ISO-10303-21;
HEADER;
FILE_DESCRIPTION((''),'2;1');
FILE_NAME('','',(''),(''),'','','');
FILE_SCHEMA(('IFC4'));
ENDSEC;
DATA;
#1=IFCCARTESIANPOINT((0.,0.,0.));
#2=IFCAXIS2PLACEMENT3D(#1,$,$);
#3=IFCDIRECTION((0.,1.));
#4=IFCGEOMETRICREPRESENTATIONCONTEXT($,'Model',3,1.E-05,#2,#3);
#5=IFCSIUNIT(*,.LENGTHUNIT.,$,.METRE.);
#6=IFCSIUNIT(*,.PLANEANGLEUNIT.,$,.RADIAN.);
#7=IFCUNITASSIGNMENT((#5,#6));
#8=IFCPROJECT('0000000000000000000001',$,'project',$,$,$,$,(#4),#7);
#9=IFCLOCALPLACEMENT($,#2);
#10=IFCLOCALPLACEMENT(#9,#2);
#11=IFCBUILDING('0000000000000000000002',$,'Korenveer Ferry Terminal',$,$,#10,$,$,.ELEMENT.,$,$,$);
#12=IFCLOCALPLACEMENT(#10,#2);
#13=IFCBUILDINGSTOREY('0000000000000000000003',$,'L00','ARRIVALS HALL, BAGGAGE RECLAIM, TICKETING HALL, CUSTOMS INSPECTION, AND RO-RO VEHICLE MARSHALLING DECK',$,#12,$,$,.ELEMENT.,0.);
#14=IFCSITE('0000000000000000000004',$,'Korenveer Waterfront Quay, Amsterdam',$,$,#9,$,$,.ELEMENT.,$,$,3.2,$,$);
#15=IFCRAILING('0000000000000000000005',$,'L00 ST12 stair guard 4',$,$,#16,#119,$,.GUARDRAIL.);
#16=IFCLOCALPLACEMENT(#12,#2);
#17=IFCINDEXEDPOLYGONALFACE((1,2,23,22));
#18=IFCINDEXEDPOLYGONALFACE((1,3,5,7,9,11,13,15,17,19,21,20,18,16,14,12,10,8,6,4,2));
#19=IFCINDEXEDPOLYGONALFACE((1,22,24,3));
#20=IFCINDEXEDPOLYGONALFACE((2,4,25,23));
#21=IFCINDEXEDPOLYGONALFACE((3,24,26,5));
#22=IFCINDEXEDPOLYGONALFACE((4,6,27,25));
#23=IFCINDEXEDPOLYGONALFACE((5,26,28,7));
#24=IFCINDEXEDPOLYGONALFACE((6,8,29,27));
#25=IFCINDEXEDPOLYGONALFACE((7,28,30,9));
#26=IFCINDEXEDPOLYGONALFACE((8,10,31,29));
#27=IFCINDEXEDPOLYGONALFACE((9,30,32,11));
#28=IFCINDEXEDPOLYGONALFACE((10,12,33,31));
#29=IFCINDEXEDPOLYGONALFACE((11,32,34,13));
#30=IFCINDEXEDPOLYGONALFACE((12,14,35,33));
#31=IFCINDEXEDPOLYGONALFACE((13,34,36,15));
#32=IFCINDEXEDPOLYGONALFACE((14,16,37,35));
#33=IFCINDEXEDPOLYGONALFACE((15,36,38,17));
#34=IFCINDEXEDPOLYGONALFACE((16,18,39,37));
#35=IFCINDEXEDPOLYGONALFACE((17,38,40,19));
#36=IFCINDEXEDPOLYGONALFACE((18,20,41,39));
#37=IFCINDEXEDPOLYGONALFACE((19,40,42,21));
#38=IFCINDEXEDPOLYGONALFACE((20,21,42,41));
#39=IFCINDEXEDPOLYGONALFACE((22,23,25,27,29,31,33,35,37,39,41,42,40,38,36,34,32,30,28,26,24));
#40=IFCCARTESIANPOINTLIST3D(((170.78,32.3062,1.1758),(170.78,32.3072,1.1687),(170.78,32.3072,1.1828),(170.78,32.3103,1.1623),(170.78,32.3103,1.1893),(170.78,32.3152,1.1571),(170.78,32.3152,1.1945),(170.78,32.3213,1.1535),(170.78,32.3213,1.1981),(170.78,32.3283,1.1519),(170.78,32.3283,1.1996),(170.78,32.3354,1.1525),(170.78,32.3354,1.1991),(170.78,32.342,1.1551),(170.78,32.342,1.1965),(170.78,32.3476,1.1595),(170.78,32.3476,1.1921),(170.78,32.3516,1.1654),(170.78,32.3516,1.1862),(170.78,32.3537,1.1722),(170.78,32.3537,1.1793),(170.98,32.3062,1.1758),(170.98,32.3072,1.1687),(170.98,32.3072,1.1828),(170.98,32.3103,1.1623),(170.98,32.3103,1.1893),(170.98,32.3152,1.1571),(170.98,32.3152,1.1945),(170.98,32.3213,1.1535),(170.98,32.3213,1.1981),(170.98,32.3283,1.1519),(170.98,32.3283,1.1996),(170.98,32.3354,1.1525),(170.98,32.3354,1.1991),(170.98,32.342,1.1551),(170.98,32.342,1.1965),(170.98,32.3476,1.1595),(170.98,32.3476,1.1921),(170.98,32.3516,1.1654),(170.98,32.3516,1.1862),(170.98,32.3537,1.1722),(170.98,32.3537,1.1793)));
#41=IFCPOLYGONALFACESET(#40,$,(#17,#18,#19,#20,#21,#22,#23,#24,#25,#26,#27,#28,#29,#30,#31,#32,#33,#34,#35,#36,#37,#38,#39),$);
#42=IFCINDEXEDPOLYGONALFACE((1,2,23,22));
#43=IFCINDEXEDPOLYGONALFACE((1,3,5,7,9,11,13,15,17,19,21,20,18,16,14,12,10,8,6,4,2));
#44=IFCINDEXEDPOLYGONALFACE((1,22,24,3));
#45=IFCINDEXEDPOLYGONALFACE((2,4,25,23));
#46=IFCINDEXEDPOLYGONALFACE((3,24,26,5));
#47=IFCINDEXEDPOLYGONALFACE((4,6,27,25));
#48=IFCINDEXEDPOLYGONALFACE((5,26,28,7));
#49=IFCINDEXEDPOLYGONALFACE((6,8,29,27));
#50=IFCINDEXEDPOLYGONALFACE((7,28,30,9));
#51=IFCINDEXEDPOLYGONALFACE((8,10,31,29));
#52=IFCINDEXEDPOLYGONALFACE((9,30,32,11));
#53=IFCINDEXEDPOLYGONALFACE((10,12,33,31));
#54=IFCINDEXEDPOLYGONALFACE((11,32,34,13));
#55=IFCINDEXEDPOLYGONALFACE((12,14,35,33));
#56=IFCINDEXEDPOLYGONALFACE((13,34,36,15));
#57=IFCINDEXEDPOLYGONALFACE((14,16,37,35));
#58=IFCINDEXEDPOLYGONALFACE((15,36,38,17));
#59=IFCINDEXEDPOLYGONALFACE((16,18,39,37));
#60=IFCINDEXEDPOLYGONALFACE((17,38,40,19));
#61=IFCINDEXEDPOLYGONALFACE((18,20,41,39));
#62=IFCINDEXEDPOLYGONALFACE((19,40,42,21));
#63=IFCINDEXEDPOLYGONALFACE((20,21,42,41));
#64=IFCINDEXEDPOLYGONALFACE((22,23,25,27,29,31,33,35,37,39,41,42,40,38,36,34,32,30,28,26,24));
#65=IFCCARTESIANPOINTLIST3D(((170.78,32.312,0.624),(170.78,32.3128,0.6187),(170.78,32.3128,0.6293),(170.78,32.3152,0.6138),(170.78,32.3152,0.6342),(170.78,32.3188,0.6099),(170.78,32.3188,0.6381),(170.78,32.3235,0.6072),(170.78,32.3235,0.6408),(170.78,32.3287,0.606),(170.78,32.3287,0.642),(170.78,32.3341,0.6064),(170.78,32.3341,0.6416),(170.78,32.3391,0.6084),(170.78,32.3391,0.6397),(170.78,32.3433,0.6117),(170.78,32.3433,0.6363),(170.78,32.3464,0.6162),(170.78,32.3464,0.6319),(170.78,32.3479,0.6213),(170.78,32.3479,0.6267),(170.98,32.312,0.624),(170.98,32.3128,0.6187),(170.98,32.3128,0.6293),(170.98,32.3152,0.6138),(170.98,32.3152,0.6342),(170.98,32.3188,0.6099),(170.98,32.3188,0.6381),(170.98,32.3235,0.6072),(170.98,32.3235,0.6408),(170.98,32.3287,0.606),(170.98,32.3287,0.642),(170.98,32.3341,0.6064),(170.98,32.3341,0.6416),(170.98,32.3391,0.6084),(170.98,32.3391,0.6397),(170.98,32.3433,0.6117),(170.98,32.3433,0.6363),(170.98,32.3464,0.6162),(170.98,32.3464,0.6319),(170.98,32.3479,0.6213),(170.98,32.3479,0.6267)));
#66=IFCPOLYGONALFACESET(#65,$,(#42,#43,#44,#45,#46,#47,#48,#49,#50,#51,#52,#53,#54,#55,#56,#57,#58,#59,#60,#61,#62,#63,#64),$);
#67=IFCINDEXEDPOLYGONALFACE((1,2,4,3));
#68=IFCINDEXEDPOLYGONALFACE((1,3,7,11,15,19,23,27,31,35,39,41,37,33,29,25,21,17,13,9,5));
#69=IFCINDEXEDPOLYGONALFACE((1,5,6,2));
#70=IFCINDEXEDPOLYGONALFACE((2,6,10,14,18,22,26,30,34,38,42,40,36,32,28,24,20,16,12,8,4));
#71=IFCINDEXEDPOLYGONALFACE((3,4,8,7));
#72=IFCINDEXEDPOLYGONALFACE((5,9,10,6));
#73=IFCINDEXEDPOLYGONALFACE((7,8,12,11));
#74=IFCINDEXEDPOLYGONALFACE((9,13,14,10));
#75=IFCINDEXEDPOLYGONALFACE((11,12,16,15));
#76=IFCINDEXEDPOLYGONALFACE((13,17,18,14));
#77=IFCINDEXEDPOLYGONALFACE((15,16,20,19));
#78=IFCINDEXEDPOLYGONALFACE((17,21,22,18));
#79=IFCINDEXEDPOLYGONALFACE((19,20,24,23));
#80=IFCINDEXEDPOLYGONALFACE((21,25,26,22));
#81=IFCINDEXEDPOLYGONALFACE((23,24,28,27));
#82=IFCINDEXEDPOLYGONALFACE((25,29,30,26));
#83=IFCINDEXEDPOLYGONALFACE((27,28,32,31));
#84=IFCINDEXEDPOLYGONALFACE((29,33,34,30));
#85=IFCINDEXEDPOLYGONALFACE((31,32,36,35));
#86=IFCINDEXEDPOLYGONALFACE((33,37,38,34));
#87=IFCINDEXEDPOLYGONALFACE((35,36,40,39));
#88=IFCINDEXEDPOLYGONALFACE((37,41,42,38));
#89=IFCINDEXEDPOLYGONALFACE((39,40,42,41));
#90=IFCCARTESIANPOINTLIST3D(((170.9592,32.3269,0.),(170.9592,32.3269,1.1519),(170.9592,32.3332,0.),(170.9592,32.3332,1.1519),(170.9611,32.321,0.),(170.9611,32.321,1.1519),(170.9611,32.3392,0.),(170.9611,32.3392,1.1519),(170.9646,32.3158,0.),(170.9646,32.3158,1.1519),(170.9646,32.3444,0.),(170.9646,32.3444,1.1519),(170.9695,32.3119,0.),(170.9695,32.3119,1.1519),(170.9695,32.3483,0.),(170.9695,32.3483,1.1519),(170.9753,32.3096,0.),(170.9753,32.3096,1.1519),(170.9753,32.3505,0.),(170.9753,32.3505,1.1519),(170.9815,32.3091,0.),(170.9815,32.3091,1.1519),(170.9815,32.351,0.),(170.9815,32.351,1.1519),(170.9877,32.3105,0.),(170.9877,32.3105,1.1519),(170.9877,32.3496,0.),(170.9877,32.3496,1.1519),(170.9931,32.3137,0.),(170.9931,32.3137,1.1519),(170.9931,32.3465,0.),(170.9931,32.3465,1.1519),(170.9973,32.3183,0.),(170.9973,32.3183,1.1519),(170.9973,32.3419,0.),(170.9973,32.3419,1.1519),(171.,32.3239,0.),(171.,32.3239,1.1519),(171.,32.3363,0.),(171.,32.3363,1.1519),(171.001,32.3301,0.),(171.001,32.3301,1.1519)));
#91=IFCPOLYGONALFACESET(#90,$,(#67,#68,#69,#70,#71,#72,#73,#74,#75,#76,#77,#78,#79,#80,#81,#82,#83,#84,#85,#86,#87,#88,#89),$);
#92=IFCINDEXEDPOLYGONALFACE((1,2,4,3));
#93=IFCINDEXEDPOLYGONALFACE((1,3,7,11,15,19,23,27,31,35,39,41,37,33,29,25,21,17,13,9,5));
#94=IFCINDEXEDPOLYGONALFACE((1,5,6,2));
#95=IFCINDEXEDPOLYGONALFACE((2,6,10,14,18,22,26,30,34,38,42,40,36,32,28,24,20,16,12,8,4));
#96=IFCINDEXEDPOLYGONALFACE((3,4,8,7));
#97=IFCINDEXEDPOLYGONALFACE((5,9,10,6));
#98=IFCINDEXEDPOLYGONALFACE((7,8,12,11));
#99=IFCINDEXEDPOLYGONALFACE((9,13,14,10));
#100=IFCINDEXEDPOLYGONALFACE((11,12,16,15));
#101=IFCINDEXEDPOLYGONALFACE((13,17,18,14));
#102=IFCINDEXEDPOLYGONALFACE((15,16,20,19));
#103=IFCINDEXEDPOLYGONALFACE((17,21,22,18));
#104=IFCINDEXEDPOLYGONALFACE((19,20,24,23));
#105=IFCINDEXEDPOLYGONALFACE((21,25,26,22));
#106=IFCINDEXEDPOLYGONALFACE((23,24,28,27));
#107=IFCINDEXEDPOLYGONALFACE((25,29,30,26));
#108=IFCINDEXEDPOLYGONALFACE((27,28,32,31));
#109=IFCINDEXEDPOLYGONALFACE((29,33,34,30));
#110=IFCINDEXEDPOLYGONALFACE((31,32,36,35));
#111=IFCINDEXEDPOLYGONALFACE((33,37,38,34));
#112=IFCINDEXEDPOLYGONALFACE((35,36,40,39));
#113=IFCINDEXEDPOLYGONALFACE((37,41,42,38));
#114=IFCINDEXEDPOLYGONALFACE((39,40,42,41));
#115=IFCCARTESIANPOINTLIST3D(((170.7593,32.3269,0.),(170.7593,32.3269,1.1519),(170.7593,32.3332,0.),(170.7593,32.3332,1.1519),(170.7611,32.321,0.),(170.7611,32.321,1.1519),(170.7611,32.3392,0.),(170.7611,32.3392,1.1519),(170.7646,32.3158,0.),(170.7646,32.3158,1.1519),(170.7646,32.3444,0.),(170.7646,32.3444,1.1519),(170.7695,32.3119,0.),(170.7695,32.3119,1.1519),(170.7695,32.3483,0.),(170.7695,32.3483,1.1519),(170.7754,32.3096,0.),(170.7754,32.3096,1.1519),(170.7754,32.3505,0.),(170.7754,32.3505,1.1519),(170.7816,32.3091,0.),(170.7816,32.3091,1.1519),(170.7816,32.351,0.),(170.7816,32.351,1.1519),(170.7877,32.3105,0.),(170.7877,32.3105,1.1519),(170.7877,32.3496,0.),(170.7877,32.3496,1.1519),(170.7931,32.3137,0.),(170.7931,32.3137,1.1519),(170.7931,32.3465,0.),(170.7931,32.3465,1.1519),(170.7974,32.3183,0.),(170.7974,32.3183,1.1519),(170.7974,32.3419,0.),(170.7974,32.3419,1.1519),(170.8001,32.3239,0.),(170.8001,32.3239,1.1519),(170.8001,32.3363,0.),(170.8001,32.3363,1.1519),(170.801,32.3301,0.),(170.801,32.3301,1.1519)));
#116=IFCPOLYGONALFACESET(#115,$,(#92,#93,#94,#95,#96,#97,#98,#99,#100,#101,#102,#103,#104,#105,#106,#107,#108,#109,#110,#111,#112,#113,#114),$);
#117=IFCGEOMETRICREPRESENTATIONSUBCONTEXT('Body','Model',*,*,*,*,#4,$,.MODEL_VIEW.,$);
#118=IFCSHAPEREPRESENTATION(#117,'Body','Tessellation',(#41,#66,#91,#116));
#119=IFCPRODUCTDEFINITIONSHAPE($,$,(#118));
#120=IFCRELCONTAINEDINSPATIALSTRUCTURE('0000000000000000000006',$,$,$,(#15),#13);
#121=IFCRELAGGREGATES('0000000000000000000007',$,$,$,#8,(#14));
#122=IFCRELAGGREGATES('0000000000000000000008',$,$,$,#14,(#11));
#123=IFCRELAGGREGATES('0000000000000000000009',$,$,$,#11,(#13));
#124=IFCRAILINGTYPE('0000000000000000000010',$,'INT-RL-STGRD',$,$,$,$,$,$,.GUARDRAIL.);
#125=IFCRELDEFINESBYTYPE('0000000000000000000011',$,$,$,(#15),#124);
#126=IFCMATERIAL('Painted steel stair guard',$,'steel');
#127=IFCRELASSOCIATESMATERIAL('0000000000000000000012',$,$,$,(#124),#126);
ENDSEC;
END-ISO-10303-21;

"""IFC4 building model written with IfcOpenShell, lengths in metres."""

from ifc_helpers import new_model, si_unit, direction, frame, origin, origin_2d, place, context, subcontext, project, spatial, circle, extrude, material, type_object, element, save


model = new_model("IFC4")

# Units and contexts
model_context = context("Model", 3, precision=1e-05, world=origin(), true_north=direction((0.0, 1.0)))
body_context = subcontext(model_context, "Body", "Model", "MODEL_VIEW")
ifc_project = project(units=[si_unit("LENGTHUNIT", "METRE"), si_unit("PLANEANGLEUNIT", "RADIAN")], contexts=[model_context])

# Site, building, storey
site_placement = place(None, origin())
site = spatial("IfcSite", under=ifc_project, at=site_placement, Name="Korenveer Waterfront Quay, Amsterdam", CompositionType="ELEMENT", RefElevation=3.2)
building_placement = place(site_placement, origin())
building = spatial("IfcBuilding", under=site, at=building_placement, Name="Korenveer Ferry Terminal", CompositionType="ELEMENT")
storey_placement = place(building_placement, origin())
storey = spatial("IfcBuildingStorey", under=building, at=storey_placement, Name="L00", Description="ARRIVALS HALL, BAGGAGE RECLAIM, TICKETING HALL, CUSTOMS INSPECTION, AND RO-RO VEHICLE MARSHALLING DECK", CompositionType="ELEMENT", Elevation=0.0)

# Railing
ifc_material_1 = material(Name="Painted steel stair guard", Category="steel")
railing_type_1 = type_object("IfcRailingType", Name="INT-RL-STGRD", PredefinedType="GUARDRAIL", material=ifc_material_1)
railing_1_placement = place(storey_placement, frame((170.98, 32.3301, 0.0)))
element("IfcRailing", 1, at=railing_1_placement, inside=storey, type_object=railing_type_1, Name="L00 ST12 stair guard 4", PredefinedType="GUARDRAIL", context=body_context, shape_type="SweptSolid", body=[
    extrude(circle(Radius=0.0239, at=origin_2d()), frame((0.0, 0.0, 1.1758), z_axis=(-1.0, 0.0, 0.0), x_axis=(0.0, -1.0, 0.0)), (0.0, 0.0, 1.0), 0.2),
    extrude(circle(Radius=0.0181, at=origin_2d()), frame((0.0, 0.0, 0.624), z_axis=(-1.0, 0.0, 0.0), x_axis=(0.0, -1.0, 0.0)), (0.0, 0.0, 1.0), 0.2),
    extrude(circle(Radius=0.021, at=origin_2d()), origin(), (0.0, 0.0, 1.0), 1.1519),
    extrude(circle(Radius=0.021, at=origin_2d()), frame((-0.2, 0.0, 0.0)), (0.0, 0.0, 1.0), 1.1519),
])

save(model, "model.ifc")
